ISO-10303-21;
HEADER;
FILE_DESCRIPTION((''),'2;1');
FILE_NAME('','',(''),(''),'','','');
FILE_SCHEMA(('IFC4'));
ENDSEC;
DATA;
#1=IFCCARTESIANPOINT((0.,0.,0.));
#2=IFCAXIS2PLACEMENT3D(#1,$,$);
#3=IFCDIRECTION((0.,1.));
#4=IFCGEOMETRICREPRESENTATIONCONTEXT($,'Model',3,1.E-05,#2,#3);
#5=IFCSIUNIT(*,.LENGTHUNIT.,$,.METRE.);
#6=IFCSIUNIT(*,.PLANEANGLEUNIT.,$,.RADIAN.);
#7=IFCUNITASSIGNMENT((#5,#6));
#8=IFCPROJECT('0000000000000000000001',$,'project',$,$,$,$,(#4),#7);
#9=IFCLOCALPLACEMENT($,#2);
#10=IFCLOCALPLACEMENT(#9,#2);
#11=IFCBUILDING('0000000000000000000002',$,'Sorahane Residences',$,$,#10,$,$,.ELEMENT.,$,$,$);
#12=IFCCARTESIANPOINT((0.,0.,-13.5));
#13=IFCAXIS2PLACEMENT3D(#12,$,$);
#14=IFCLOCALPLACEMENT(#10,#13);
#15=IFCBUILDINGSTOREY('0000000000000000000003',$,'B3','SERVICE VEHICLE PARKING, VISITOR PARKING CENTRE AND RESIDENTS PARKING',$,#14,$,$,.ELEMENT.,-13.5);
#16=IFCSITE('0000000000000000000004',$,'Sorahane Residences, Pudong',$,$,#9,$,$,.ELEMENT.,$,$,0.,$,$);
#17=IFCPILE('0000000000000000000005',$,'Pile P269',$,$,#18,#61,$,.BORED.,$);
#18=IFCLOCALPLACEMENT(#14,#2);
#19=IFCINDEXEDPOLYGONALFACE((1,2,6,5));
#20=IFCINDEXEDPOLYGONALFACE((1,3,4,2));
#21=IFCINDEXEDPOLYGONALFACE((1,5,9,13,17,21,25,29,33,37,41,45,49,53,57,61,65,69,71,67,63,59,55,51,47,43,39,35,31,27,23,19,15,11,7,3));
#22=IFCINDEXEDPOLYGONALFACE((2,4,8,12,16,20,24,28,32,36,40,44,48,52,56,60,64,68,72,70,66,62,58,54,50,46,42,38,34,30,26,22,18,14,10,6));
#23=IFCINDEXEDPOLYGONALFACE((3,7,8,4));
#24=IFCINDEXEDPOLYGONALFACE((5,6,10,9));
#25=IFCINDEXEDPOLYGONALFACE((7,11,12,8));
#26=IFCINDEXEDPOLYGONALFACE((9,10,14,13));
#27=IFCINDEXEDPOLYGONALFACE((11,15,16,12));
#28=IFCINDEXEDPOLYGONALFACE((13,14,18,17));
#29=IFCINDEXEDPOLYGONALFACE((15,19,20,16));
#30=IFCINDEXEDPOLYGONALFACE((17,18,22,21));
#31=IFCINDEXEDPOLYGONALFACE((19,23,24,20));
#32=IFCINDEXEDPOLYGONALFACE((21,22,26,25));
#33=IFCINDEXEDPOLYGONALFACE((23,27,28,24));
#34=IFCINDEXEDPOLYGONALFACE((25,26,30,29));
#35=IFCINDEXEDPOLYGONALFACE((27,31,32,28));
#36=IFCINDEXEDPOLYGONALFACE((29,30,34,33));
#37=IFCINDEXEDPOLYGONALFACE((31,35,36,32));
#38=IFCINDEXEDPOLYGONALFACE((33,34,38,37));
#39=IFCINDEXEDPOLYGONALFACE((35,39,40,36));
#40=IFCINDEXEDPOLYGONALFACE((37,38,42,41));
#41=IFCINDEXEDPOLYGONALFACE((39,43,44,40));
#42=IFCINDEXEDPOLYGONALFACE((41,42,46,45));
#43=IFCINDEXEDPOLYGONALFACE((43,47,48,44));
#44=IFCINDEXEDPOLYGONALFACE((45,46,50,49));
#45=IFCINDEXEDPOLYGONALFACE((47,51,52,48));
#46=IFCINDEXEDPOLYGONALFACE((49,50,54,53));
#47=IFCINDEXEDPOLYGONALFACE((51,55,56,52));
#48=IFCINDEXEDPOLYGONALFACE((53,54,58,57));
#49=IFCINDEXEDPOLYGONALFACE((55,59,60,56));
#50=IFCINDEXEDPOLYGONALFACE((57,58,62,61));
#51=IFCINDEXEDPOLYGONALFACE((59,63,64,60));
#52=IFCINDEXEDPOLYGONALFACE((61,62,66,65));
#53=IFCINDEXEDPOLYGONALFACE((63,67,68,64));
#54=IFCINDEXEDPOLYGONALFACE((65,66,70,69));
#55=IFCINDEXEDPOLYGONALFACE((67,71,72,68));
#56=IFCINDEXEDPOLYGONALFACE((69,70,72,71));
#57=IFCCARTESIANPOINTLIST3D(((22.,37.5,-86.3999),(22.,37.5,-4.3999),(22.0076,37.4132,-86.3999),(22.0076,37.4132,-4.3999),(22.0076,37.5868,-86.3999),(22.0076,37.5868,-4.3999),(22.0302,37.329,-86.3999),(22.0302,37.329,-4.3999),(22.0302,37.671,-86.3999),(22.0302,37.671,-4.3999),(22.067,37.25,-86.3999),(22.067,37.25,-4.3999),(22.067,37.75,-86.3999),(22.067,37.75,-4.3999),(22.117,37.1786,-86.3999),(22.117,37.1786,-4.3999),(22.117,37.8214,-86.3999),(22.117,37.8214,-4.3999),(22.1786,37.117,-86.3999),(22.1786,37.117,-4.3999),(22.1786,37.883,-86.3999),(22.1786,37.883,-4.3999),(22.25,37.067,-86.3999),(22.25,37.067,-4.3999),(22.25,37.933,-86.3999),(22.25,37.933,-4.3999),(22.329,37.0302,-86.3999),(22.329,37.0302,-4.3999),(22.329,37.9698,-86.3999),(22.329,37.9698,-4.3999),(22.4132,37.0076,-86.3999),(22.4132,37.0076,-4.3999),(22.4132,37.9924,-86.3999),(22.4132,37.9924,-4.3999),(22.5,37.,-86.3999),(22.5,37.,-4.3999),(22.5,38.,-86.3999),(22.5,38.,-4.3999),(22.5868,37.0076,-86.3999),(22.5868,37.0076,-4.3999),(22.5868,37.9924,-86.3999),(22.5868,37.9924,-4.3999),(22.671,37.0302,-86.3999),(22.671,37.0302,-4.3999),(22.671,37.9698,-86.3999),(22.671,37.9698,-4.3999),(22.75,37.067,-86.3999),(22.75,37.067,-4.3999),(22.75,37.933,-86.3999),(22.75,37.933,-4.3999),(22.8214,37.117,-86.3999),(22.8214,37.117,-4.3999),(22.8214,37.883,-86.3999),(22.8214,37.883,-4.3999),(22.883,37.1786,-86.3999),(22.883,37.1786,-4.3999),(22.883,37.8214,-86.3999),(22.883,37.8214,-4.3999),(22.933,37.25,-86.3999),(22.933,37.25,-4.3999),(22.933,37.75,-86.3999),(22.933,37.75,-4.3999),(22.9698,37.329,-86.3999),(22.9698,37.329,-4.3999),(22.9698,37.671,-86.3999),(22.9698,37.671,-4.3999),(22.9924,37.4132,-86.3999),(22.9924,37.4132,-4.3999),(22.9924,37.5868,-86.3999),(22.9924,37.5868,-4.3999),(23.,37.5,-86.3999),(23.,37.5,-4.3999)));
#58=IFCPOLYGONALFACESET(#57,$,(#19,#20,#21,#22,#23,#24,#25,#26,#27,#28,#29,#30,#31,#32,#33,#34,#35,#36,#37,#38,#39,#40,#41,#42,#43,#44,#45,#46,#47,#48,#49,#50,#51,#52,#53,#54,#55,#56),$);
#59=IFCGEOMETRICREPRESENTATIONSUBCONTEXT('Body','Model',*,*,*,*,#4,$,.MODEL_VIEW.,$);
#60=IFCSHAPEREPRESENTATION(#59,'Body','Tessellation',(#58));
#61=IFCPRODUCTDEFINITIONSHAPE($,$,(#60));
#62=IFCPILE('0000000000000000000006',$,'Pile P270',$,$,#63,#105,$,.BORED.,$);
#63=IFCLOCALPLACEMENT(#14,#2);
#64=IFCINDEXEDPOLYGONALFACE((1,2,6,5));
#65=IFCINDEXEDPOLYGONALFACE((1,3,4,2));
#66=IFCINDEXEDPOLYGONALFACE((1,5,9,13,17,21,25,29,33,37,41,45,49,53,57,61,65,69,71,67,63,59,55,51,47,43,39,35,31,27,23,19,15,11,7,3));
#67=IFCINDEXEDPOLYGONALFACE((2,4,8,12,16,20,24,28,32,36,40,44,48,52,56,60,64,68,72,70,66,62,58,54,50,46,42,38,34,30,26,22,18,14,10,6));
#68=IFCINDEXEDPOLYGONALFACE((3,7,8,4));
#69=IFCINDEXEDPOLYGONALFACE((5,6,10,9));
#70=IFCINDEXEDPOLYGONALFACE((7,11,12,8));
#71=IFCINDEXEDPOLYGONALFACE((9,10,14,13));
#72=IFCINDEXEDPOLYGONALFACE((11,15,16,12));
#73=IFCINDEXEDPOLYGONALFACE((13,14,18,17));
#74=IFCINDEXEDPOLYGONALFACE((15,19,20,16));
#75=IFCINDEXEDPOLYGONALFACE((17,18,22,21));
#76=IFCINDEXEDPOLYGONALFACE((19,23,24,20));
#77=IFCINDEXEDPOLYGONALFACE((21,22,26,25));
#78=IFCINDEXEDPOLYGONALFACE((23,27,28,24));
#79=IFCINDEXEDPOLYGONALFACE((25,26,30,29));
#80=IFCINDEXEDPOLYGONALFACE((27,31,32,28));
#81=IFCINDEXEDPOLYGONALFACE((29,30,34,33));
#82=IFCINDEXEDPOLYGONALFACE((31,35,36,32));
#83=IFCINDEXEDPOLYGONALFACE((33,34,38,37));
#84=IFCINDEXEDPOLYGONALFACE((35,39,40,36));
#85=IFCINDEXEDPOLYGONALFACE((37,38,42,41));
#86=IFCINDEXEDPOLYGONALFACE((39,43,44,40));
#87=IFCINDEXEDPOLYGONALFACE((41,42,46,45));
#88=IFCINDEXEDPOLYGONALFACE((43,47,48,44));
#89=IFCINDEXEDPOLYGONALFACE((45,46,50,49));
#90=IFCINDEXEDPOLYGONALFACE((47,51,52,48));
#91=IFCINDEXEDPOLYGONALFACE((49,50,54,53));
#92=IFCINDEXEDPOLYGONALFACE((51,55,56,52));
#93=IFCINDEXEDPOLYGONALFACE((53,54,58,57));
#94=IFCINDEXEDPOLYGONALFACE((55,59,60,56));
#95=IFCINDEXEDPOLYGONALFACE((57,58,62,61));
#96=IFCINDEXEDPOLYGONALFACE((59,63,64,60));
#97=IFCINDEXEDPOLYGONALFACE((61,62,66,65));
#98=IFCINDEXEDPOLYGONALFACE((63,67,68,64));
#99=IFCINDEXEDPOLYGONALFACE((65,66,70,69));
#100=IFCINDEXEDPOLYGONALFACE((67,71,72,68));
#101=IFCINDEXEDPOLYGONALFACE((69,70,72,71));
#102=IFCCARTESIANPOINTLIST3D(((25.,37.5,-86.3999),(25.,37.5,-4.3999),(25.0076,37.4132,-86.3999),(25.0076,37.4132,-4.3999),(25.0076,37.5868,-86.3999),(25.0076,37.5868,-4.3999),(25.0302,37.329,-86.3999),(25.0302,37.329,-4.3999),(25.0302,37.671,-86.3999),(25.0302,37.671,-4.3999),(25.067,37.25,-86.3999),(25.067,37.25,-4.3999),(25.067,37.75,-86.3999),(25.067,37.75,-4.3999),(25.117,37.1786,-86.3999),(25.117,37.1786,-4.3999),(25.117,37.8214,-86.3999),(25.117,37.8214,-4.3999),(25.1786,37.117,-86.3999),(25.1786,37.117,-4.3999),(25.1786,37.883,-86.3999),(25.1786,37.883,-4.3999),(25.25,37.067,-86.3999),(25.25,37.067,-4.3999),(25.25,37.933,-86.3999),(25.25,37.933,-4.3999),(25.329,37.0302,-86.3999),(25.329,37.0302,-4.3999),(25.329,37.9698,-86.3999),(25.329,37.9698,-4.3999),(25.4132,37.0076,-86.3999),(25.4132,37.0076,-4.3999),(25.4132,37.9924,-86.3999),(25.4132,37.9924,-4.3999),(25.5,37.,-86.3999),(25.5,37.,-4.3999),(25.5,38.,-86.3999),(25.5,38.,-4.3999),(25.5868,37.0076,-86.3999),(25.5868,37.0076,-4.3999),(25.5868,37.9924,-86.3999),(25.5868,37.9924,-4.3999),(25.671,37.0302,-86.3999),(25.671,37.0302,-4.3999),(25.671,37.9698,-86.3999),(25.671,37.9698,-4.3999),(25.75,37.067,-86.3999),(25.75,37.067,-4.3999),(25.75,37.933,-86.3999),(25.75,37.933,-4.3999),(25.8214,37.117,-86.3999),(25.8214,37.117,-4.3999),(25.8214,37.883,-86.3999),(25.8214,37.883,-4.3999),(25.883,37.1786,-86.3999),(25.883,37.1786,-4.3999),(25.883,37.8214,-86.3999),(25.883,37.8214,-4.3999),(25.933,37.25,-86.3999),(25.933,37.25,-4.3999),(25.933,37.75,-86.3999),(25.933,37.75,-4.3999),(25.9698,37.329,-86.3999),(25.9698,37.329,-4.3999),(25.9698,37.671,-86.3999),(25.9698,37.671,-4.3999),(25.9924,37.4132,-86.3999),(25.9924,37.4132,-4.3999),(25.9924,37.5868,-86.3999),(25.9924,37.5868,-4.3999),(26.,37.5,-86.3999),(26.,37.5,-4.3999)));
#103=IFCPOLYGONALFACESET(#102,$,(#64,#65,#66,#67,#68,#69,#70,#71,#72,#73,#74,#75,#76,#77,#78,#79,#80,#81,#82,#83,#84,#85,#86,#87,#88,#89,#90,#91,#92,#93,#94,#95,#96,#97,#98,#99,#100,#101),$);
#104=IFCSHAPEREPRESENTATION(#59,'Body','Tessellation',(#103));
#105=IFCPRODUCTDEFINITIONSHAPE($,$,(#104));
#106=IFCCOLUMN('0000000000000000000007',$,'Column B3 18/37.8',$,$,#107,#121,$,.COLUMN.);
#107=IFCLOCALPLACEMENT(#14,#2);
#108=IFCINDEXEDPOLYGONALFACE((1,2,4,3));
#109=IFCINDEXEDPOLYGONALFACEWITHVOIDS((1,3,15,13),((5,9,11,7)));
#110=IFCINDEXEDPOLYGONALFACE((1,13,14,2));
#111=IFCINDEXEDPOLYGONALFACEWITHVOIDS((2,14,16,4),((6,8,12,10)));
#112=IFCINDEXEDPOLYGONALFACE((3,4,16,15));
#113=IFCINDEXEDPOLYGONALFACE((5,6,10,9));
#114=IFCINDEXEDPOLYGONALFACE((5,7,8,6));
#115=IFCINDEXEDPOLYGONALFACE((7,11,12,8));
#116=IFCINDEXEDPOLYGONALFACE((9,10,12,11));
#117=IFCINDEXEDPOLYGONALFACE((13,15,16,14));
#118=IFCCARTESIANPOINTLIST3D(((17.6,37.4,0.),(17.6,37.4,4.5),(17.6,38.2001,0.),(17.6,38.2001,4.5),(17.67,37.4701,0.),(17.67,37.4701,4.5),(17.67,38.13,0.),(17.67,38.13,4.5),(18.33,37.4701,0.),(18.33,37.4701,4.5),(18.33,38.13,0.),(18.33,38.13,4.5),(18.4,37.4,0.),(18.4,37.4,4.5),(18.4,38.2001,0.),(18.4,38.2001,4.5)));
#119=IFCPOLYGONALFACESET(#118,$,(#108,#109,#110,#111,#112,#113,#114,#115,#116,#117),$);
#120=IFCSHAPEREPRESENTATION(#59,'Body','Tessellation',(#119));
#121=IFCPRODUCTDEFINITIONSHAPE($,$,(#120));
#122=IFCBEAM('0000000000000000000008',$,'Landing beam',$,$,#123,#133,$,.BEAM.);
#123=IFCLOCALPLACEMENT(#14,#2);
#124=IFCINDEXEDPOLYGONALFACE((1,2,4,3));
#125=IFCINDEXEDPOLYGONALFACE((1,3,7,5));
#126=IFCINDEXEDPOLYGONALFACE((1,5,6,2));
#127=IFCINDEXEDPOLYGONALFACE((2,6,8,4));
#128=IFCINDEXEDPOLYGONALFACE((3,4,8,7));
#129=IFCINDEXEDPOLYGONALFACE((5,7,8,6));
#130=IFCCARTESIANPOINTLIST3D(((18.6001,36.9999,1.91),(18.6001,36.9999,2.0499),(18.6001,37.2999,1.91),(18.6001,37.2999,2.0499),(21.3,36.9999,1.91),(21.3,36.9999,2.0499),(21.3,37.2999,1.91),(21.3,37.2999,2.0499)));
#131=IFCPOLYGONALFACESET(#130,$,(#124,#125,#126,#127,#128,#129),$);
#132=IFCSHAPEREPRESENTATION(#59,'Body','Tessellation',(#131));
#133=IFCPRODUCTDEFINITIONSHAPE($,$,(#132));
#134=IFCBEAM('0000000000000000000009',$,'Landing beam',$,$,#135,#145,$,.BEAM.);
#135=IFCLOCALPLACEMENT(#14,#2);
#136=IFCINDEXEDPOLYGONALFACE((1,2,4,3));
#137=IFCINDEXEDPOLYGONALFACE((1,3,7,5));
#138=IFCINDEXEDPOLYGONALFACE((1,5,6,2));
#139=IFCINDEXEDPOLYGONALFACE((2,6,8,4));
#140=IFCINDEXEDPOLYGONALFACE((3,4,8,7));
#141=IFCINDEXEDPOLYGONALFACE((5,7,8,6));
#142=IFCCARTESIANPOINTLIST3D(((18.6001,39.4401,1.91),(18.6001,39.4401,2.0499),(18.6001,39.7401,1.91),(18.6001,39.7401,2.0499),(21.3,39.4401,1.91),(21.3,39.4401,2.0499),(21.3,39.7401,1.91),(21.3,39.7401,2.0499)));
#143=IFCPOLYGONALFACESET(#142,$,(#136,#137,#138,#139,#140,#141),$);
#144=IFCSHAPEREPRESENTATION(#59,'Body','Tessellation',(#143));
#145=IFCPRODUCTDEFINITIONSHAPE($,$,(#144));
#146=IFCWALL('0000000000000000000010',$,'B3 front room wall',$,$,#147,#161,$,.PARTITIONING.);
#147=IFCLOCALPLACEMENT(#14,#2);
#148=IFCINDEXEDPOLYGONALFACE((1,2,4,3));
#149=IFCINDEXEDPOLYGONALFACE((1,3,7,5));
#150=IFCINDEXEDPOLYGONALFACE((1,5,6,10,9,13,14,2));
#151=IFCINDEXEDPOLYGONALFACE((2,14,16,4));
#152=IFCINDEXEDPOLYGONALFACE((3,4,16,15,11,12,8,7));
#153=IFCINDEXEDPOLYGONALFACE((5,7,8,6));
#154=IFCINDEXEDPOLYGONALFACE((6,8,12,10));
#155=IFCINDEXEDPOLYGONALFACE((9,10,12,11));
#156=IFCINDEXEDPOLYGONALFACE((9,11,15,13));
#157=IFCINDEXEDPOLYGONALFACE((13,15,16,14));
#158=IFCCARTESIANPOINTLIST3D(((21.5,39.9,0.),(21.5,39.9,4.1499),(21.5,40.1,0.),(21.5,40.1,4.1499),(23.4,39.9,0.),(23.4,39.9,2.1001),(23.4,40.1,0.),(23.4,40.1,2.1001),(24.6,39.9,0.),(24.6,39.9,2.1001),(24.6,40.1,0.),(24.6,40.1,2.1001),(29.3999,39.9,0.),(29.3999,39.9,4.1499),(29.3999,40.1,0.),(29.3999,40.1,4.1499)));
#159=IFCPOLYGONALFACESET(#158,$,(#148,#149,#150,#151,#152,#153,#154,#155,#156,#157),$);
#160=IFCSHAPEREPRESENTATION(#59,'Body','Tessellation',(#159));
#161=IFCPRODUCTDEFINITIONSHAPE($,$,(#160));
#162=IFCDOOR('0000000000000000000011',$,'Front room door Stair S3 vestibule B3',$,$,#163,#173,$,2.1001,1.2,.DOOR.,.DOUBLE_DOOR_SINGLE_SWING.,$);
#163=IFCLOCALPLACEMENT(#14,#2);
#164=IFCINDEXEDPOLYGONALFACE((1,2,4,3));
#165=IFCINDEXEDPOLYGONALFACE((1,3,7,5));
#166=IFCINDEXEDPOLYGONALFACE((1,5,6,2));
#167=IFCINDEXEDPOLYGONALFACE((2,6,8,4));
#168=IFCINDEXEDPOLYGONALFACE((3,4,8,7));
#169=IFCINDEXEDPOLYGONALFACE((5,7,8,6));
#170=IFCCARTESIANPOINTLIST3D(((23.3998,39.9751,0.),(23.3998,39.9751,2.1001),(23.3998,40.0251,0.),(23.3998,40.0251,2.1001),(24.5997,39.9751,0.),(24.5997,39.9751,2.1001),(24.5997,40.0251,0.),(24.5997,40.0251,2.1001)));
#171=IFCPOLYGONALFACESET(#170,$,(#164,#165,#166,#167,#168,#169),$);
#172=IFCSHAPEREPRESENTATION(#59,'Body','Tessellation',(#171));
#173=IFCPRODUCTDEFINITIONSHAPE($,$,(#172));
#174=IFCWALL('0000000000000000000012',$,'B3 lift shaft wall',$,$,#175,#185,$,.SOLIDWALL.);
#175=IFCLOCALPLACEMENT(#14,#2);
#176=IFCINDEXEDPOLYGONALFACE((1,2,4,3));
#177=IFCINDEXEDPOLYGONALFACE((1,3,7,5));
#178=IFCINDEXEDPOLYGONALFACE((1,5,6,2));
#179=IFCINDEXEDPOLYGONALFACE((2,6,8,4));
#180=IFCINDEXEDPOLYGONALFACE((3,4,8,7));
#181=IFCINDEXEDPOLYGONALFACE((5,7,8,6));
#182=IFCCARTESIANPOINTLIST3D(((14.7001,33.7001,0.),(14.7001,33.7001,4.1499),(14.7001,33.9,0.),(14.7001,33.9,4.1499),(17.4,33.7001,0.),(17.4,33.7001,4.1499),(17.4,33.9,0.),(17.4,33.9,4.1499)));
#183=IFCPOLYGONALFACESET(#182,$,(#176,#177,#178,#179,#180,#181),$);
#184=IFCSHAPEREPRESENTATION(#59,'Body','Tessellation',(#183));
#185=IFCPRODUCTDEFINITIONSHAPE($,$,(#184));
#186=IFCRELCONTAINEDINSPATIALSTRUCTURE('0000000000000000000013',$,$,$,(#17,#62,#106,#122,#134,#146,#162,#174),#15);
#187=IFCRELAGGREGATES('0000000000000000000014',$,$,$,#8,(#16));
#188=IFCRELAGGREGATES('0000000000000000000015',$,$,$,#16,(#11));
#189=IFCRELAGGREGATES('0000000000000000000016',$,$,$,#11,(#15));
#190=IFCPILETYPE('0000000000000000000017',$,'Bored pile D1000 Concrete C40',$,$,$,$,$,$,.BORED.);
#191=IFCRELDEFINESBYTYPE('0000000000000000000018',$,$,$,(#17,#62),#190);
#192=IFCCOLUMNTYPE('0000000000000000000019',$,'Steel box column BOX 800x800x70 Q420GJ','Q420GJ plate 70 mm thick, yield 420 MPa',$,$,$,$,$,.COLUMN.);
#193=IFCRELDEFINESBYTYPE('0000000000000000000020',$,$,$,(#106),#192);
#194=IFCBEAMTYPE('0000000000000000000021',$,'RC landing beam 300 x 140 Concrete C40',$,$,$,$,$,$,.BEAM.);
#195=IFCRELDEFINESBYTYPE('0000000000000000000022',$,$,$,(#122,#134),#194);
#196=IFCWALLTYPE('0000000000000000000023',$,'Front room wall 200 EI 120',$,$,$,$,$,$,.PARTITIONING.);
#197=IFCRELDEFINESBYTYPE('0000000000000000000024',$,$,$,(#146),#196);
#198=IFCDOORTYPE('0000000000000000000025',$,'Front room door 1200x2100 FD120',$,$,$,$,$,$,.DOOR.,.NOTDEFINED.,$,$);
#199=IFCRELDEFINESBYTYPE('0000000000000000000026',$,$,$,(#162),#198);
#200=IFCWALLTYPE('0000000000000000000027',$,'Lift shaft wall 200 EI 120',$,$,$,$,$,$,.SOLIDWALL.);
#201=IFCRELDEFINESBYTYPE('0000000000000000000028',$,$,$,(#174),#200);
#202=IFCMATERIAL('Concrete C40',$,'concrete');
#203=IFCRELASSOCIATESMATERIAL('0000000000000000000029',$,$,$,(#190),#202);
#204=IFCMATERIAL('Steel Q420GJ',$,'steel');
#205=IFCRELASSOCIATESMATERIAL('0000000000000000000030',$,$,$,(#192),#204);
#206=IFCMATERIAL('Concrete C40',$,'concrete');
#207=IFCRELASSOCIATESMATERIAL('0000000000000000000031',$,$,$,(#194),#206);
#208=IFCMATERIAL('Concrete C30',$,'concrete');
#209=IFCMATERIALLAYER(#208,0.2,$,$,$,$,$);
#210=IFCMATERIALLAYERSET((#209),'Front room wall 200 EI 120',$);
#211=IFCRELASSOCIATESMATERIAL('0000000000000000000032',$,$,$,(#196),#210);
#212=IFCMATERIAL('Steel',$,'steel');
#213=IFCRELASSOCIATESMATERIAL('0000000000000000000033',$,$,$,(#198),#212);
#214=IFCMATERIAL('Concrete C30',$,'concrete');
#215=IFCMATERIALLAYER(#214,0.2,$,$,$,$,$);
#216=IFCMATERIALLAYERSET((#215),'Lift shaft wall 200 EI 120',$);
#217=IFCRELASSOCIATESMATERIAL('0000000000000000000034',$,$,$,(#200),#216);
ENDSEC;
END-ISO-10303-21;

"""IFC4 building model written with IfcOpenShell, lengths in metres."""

from ifc_helpers import new_model, si_unit, direction, frame, frame_2d, origin, origin_2d, place, context, subcontext, project, spatial, rectangle, hollow_rectangle, circle, extrude, material, layer, layer_set, material_profile, profile_set, type_object, element, fill, save


model = new_model("IFC4")

# Units and contexts
model_context = context("Model", 3, precision=1e-05, world=origin(), true_north=direction((0.0, 1.0)))
body_context = subcontext(model_context, "Body", "Model", "MODEL_VIEW")
ifc_project = project(units=[si_unit("LENGTHUNIT", "METRE"), si_unit("PLANEANGLEUNIT", "RADIAN")], contexts=[model_context])

# Site, building, storey
site_placement = place(None, origin())
site = spatial("IfcSite", under=ifc_project, at=site_placement, Name="Sorahane Residences, Pudong", CompositionType="ELEMENT", RefElevation=0.0)
building_placement = place(site_placement, origin())
building = spatial("IfcBuilding", under=site, at=building_placement, Name="Sorahane Residences", CompositionType="ELEMENT")
storey_placement = place(building_placement, frame((0.0, 0.0, -13.5)))
storey = spatial("IfcBuildingStorey", under=building, at=storey_placement, Name="B3", Description="SERVICE VEHICLE PARKING, VISITOR PARKING CENTRE AND RESIDENTS PARKING", CompositionType="ELEMENT", Elevation=-13.5)

# Piles
ifc_material_1 = material(Name="Concrete C40", Category="concrete")
ifc_material_profile_1 = material_profile(ifc_material_1, circle(Radius=0.5, at=origin_2d()), Name="D1000")
ifc_profile_set_1 = profile_set([ifc_material_profile_1], Name="Concrete C40")
pile_type = type_object("IfcPileType", Name="Bored pile D1000 Concrete C40", PredefinedType="BORED", material=ifc_profile_set_1)
for number, where, z_axis, x_axis, name in (
    (1, (22.5, 37.5, -4.3999), (0.0, 0.0, -1.0), (1.0, 0.0, 0.0), "Pile P269"),
    (2, (25.5, 37.5, -4.3999), (0.0, 0.0, -1.0), (1.0, 0.0, 0.0), "Pile P270"),
):
    element("IfcPile", number, at=place(storey_placement, frame(where, z_axis=z_axis, x_axis=x_axis)), inside=storey, type_object=pile_type, Name=name, PredefinedType="BORED", context=body_context, shape_type="SweptSolid", body=[
        extrude(circle(Radius=0.5, at=origin_2d()), origin(), (0.0, 0.0, 1.0), 82.0),
    ])

# Column
ifc_material_2 = material(Name="Steel Q420GJ", Category="steel")
ifc_material_profile_2 = material_profile(ifc_material_2, hollow_rectangle(XDim=0.8, YDim=0.8, WallThickness=0.0701, at=origin_2d()), Name="BOX 800x800x70")
ifc_profile_set_2 = profile_set([ifc_material_profile_2], Name="Steel Q420GJ")
column_type = type_object("IfcColumnType", Name="Steel box column BOX 800x800x70 Q420GJ", Description="Q420GJ plate 70 mm thick, yield 420 MPa", PredefinedType="COLUMN", material=ifc_profile_set_2)
column_placement = place(storey_placement, frame((18.0, 37.8, 0.0), z_axis=(0.0, 0.0, 1.0), x_axis=(1.0, 0.0, 0.0)))
element("IfcColumn", 3, at=column_placement, inside=storey, type_object=column_type, Name="Column B3 18/37.8", PredefinedType="COLUMN", context=body_context, shape_type="SweptSolid", body=[
    extrude(hollow_rectangle(XDim=0.8, YDim=0.8, WallThickness=0.0701, at=origin_2d()), origin(), (0.0, 0.0, 1.0), 4.5),
])

# Beams
ifc_material_3 = material(Name="Concrete C40", Category="concrete")
ifc_material_profile_3 = material_profile(ifc_material_3, rectangle(XDim=0.3, YDim=0.1399, at=origin_2d()), Name="300x140")
ifc_profile_set_3 = profile_set([ifc_material_profile_3], Name="Concrete C40")
beam_type = type_object("IfcBeamType", Name="RC landing beam 300 x 140 Concrete C40", PredefinedType="BEAM", material=ifc_profile_set_3)
for number, where, z_axis, x_axis, name in (
    (4, (18.6001, 37.1499, 1.98), (1.0, 0.0, 0.0), (0.0, 1.0, 0.0), "Landing beam"),
    (5, (18.6001, 39.5901, 1.98), (1.0, 0.0, 0.0), (0.0, 1.0, 0.0), "Landing beam"),
):
    element("IfcBeam", number, at=place(storey_placement, frame(where, z_axis=z_axis, x_axis=x_axis)), inside=storey, type_object=beam_type, Name=name, PredefinedType="BEAM", context=body_context, shape_type="SweptSolid", body=[
        extrude(rectangle(XDim=0.3, YDim=0.1399, at=origin_2d()), origin(), (0.0, 0.0, 1.0), 2.7),
    ])

# Wall, opening, door
ifc_material_4 = material(Name="Concrete C30", Category="concrete")
ifc_layer_1 = layer(ifc_material_4, 0.2)
ifc_layer_set_1 = layer_set([ifc_layer_1], Name="Front room wall 200 EI 120")
wall_type_1 = type_object("IfcWallType", Name="Front room wall 200 EI 120", PredefinedType="PARTITIONING", material=ifc_layer_set_1)
wall_1_placement = place(storey_placement, frame((21.5, 40.0, 0.0), z_axis=(0.0, 0.0, 1.0), x_axis=(1.0, 0.0, 0.0)))
wall_1 = element("IfcWall", 6, at=wall_1_placement, inside=storey, type_object=wall_type_1, Name="B3 front room wall", PredefinedType="PARTITIONING", context=body_context, shape_type="SweptSolid", body=[
    extrude(rectangle(XDim=7.8999, YDim=0.2, at=frame_2d((3.95, 0.0))), origin(), (0.0, 0.0, 1.0), 4.1499),
])
opening_placement = place(wall_1_placement, frame((1.8999, 0.0, 0.0)))
opening = element("IfcOpeningElement", 7, at=opening_placement, cuts=wall_1, PredefinedType="OPENING", context=body_context, shape_type="SweptSolid", body=[
    extrude(rectangle(XDim=1.2, YDim=2.1001, at=frame_2d((0.6001, 1.05))), frame((0.0, 0.1099, 0.0), z_axis=(0.0, -1.0, 0.0), x_axis=(1.0, 0.0, 0.0)), (0.0, 0.0, 1.0), 0.22),
])
ifc_material_5 = material(Name="Steel", Category="steel")
door_type = type_object("IfcDoorType", Name="Front room door 1200x2100 FD120", OperationType="NOTDEFINED", PredefinedType="DOOR", material=ifc_material_5)
door_placement = place(opening_placement, frame((1.2, 0.0, 0.0), z_axis=(0.0, 0.0, 1.0), x_axis=(-1.0, 0.0, 0.0)))
door = element("IfcDoor", 8, at=door_placement, inside=storey, type_object=door_type, Name="Front room door Stair S3 vestibule B3", OperationType="DOUBLE_DOOR_SINGLE_SWING", OverallHeight=2.1001, OverallWidth=1.2, PredefinedType="DOOR", context=body_context, shape_type="SweptSolid", body=[
    extrude(rectangle(XDim=1.2, YDim=2.1001, at=frame_2d((0.6001, 1.05))), frame((0.0, 0.0249, 0.0), z_axis=(0.0, -1.0, 0.0), x_axis=(1.0, 0.0, 0.0)), (0.0, 0.0, 1.0), 0.05),
])
fill(opening, door)

# Wall
ifc_material_6 = material(Name="Concrete C30", Category="concrete")
ifc_layer_2 = layer(ifc_material_6, 0.2)
ifc_layer_set_2 = layer_set([ifc_layer_2], Name="Lift shaft wall 200 EI 120")
wall_type_2 = type_object("IfcWallType", Name="Lift shaft wall 200 EI 120", PredefinedType="SOLIDWALL", material=ifc_layer_set_2)
wall_2_placement = place(storey_placement, frame((14.7, 33.8, 0.0), z_axis=(0.0, 0.0, 1.0), x_axis=(1.0, 0.0, 0.0)))
element("IfcWall", 9, at=wall_2_placement, inside=storey, type_object=wall_type_2, Name="B3 lift shaft wall", PredefinedType="SOLIDWALL", context=body_context, shape_type="SweptSolid", body=[
    extrude(rectangle(XDim=2.7, YDim=0.2, at=frame_2d((1.3501, 0.0))), origin(), (0.0, 0.0, 1.0), 4.1499),
])

save(model, "model.ifc")
